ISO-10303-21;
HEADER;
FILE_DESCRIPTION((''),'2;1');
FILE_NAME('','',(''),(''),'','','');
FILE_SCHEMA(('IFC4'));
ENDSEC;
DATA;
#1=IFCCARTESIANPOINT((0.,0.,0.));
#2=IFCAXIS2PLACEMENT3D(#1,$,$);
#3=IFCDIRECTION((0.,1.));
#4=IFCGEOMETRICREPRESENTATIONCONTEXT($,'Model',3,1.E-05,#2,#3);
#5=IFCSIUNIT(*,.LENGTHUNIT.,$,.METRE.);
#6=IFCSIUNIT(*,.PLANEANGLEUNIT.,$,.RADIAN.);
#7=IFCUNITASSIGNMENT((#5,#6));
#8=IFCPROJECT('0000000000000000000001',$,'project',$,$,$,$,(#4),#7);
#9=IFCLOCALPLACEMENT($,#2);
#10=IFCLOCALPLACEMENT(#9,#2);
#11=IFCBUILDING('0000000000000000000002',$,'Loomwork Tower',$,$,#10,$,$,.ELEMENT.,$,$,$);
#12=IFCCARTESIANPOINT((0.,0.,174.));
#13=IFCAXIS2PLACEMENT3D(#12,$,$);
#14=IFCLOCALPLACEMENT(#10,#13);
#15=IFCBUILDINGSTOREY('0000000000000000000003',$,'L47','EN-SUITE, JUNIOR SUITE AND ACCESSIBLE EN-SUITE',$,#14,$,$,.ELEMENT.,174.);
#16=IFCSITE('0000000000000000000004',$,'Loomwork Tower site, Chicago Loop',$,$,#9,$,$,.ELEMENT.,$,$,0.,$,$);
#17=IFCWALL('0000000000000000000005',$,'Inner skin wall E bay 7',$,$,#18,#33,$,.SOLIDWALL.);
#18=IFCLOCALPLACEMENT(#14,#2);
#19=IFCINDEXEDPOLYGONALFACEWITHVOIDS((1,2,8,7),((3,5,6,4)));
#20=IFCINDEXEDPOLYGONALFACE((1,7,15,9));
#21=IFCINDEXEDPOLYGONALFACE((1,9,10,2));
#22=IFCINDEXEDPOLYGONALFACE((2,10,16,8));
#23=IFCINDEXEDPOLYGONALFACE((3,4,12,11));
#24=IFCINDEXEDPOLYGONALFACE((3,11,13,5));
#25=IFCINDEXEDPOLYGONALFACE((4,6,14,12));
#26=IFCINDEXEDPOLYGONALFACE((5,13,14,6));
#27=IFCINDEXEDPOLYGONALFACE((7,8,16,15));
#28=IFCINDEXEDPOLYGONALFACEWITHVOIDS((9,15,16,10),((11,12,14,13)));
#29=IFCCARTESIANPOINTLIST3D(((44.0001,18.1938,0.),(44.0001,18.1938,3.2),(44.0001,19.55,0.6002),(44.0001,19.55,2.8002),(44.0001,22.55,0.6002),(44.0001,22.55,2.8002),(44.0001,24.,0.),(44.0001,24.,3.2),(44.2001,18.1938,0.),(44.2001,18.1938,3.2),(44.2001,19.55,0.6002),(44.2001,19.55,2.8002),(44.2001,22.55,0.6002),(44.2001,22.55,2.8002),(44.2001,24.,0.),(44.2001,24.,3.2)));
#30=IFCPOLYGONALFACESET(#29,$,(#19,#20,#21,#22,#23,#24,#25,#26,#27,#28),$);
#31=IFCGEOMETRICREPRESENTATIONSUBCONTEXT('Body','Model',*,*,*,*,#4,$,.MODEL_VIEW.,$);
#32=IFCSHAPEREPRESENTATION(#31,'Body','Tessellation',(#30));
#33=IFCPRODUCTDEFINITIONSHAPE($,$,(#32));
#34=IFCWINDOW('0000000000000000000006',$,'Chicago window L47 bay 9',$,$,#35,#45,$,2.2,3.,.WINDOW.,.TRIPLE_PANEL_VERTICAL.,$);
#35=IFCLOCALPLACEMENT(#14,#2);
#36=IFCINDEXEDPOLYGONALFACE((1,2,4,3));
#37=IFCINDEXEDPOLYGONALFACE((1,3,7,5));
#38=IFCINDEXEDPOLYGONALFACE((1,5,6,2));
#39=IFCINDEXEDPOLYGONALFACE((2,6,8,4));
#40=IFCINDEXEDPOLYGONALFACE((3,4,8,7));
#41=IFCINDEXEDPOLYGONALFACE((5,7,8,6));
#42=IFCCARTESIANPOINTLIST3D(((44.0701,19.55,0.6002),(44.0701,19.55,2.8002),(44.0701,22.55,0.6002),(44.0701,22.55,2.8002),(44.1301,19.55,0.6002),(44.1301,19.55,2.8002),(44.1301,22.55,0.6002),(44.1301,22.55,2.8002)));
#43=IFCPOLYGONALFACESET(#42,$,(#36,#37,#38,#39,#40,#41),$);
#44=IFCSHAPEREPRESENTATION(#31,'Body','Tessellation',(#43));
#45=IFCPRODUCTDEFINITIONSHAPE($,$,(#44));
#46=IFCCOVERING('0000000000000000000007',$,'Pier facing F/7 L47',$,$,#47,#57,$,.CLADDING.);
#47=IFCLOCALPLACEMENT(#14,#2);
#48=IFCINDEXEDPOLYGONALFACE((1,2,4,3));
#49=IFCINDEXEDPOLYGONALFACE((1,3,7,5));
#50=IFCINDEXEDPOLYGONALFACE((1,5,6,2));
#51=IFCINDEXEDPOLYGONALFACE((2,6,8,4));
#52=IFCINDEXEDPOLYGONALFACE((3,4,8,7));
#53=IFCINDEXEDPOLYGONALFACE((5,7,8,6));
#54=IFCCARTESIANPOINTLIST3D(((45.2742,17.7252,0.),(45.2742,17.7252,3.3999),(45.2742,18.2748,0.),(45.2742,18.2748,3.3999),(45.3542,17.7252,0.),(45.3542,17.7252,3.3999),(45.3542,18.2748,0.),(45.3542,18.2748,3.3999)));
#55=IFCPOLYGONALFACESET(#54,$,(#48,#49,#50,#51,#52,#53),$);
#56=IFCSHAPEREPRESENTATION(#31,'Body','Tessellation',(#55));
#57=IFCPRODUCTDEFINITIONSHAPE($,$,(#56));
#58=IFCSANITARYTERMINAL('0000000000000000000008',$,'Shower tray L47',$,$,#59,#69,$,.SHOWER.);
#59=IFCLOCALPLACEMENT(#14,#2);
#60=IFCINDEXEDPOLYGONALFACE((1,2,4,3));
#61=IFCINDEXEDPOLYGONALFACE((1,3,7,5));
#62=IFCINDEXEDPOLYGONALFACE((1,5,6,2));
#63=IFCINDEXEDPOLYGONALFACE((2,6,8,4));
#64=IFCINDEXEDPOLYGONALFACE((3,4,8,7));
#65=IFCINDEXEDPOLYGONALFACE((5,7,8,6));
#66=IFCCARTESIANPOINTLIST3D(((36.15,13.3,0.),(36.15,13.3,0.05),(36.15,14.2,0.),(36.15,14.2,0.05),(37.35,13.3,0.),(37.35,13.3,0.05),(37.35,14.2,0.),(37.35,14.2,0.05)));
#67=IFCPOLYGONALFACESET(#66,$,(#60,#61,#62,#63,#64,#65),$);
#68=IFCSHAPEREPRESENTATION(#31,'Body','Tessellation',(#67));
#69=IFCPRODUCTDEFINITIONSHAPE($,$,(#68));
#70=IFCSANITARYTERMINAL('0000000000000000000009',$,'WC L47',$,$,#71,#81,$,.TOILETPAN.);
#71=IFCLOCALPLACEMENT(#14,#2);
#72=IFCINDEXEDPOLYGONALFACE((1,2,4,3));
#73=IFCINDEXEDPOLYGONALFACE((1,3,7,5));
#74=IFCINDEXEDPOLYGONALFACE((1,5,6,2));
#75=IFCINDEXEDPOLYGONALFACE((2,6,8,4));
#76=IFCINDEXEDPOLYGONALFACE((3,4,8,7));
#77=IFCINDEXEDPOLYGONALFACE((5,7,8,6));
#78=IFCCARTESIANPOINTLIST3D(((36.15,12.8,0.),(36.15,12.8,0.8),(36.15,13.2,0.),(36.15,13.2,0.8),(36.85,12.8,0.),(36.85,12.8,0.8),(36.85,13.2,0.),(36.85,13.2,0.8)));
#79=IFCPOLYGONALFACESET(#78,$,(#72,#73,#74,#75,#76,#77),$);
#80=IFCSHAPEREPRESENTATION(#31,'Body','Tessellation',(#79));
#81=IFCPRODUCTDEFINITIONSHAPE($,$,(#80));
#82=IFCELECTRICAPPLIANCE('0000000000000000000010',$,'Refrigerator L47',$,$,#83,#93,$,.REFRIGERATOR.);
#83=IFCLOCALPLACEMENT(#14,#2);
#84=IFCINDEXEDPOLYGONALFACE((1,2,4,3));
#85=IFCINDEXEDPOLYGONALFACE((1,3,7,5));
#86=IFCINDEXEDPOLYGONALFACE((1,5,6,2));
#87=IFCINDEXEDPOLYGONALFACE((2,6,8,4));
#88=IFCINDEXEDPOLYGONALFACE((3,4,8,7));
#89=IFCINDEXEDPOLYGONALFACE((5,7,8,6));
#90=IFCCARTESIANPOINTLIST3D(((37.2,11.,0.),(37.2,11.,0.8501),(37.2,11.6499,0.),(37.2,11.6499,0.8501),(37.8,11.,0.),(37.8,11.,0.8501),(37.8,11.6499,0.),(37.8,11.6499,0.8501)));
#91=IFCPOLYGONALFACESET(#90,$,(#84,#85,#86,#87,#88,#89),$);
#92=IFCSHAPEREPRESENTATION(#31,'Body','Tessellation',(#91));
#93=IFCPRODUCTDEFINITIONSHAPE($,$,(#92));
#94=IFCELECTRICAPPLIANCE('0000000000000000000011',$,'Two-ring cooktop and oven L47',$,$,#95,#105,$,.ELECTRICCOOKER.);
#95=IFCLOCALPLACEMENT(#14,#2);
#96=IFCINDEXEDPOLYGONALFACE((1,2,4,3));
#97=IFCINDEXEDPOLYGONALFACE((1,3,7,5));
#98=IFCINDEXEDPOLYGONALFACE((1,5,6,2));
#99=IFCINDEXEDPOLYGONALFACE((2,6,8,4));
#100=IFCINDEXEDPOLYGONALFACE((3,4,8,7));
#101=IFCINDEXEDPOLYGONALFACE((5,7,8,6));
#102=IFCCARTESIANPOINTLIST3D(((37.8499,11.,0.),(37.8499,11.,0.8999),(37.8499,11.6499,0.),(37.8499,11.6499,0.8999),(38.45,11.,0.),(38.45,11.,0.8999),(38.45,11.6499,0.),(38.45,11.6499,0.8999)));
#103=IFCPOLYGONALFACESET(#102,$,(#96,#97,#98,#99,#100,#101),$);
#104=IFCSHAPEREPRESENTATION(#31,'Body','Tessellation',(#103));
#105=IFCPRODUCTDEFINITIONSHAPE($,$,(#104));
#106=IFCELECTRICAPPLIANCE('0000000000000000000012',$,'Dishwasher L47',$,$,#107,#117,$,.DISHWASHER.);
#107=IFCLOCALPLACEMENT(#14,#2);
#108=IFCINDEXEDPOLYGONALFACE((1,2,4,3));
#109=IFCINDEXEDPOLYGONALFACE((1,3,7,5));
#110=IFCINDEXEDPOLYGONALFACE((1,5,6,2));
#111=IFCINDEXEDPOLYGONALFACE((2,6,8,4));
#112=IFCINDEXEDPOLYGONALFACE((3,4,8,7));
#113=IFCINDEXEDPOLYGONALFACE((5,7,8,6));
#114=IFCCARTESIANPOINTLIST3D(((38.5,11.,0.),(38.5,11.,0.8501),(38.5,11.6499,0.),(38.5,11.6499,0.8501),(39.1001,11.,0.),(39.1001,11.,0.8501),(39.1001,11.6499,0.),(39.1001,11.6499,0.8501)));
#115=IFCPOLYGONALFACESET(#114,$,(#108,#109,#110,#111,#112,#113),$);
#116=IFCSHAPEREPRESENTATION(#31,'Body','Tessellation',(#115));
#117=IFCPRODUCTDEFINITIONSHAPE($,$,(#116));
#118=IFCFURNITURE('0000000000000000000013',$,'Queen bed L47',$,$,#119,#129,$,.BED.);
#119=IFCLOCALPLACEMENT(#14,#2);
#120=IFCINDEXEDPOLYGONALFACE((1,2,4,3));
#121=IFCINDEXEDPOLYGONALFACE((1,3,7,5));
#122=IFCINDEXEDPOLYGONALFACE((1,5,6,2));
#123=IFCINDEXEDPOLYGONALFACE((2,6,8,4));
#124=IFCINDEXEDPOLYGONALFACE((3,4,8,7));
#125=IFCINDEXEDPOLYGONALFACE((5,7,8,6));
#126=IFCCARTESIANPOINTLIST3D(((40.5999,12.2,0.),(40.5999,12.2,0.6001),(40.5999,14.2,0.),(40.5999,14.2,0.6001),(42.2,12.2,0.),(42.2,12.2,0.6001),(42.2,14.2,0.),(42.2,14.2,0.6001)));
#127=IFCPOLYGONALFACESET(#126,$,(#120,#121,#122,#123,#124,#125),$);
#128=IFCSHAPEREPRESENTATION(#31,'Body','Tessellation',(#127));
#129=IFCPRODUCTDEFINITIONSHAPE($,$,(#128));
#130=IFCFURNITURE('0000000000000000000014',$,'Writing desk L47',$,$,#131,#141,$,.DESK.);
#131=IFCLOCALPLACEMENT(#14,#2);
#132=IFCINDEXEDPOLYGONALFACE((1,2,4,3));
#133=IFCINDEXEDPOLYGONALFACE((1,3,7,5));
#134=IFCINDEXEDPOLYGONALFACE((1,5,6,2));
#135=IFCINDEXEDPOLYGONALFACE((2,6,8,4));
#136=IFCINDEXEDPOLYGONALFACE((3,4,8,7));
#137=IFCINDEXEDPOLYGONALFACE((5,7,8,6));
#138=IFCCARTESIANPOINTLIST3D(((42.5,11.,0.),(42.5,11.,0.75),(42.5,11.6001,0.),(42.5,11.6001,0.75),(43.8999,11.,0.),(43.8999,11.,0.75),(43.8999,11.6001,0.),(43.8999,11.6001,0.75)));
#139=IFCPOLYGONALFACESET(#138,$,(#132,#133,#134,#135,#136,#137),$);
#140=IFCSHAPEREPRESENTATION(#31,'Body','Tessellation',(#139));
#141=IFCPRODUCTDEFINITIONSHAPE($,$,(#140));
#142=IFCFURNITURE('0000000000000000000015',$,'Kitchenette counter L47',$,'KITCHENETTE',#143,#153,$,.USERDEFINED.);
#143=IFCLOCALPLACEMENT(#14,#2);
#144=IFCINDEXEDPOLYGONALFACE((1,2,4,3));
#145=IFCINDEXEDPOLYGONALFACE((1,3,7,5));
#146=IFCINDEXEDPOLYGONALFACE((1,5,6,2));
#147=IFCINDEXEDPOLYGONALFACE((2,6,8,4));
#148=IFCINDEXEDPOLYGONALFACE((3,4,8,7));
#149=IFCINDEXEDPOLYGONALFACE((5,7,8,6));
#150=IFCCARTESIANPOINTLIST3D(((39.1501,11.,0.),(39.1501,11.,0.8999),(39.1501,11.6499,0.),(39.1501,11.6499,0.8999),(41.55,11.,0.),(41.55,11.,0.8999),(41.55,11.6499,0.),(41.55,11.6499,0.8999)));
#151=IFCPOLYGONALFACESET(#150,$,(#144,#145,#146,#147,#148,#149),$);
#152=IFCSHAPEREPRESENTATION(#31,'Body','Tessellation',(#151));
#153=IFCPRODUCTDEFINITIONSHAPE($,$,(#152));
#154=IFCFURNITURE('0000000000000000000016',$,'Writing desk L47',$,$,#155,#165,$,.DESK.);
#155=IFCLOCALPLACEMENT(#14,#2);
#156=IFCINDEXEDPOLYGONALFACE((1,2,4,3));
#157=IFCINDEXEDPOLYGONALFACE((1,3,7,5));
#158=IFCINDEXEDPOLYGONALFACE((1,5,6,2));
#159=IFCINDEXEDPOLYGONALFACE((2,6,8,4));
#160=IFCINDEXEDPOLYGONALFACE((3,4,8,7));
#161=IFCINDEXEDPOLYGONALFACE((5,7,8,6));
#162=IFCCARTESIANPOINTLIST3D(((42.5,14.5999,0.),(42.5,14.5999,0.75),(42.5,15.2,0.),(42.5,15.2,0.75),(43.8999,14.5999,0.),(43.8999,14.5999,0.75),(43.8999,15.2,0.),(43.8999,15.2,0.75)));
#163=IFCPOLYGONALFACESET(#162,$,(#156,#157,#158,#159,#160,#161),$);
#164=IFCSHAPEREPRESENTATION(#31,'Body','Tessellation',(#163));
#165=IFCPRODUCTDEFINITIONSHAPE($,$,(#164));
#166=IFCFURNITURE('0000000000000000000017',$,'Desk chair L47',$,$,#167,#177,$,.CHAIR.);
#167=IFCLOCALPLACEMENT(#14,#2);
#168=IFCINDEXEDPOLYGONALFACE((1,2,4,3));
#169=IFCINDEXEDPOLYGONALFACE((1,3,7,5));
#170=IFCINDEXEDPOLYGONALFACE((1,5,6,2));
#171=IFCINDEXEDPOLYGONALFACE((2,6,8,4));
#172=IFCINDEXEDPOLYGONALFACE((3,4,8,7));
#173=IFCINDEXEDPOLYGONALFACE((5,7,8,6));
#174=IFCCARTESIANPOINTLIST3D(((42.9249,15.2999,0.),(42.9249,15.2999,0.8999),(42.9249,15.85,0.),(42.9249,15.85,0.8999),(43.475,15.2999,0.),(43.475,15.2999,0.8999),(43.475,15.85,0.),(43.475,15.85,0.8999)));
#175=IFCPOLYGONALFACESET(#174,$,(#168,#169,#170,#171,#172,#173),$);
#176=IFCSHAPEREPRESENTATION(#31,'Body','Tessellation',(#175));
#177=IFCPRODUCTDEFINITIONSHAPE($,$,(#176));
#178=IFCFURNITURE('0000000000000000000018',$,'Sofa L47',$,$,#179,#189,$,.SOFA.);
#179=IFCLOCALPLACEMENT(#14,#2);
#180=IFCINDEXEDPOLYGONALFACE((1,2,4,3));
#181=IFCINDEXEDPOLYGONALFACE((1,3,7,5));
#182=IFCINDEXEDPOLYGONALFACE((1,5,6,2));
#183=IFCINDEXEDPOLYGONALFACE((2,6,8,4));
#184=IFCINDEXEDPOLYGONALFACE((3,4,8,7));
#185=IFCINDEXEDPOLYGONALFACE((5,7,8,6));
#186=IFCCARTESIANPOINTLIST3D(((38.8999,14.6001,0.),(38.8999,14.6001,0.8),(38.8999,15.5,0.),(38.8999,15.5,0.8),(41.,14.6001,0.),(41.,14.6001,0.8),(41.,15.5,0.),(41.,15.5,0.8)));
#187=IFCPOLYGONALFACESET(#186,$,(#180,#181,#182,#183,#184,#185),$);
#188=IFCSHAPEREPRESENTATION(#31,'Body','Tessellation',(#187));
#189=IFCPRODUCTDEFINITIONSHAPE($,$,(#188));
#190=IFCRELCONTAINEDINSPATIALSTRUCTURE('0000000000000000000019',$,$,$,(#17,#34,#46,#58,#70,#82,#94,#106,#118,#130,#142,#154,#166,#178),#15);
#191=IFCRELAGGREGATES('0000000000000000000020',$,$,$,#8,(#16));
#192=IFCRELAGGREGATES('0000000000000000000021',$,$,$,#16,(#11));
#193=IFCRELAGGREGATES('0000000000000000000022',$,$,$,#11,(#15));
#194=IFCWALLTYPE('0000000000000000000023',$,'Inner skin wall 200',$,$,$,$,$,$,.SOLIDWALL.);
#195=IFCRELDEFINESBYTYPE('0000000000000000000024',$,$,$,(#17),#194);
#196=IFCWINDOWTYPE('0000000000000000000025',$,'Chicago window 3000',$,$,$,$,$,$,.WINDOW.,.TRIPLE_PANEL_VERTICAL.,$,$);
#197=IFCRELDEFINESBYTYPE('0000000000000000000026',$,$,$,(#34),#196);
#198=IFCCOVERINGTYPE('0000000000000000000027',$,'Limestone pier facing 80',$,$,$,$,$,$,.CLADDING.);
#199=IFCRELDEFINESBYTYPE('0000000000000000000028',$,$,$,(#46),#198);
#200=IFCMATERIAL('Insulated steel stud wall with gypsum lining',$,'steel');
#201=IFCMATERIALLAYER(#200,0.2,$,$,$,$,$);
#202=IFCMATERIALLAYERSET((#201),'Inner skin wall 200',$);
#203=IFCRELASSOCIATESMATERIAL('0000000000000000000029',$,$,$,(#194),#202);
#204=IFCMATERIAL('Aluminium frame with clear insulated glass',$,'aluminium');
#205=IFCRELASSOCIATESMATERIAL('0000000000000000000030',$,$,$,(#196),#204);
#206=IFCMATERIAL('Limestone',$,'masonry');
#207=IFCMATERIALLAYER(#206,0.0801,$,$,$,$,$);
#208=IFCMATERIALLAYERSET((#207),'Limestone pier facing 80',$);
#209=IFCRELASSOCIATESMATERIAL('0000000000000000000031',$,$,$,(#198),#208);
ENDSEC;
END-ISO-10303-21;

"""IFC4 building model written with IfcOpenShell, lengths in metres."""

from ifc_helpers import new_model, si_unit, direction, frame, frame_2d, origin, origin_2d, place, context, subcontext, project, spatial, rectangle, extrude, material, layer, layer_set, type_object, element, fill, save


model = new_model("IFC4")

# Units and contexts
model_context = context("Model", 3, precision=1e-05, world=origin(), true_north=direction((0.0, 1.0)))
body_context = subcontext(model_context, "Body", "Model", "MODEL_VIEW")
ifc_project = project(units=[si_unit("LENGTHUNIT", "METRE"), si_unit("PLANEANGLEUNIT", "RADIAN")], contexts=[model_context])

# Site, building, storey
site_placement = place(None, origin())
site = spatial("IfcSite", under=ifc_project, at=site_placement, Name="Loomwork Tower site, Chicago Loop", CompositionType="ELEMENT", RefElevation=0.0)
building_placement = place(site_placement, origin())
building = spatial("IfcBuilding", under=site, at=building_placement, Name="Loomwork Tower", CompositionType="ELEMENT")
storey_placement = place(building_placement, frame((0.0, 0.0, 174.0)))
storey = spatial("IfcBuildingStorey", under=building, at=storey_placement, Name="L47", Description="EN-SUITE, JUNIOR SUITE AND ACCESSIBLE EN-SUITE", CompositionType="ELEMENT", Elevation=174.0)

# Shared definitions
ifc_material_1 = material(Name="Insulated steel stud wall with gypsum lining", Category="steel")
ifc_layer_1 = layer(ifc_material_1, 0.2)
ifc_layer_set_1 = layer_set([ifc_layer_1], Name="Inner skin wall 200")
wall_type_1 = type_object("IfcWallType", Name="Inner skin wall 200", PredefinedType="SOLIDWALL", material=ifc_layer_set_1)

# Wall, opening, window
wall_1_placement = place(storey_placement, frame((44.1001, 18.1938, 0.0), z_axis=(0.0, 0.0, 1.0), x_axis=(0.0, 1.0, 0.0)))
wall_1 = element("IfcWall", 1, at=wall_1_placement, inside=storey, type_object=wall_type_1, Name="Inner skin wall E bay 7", PredefinedType="SOLIDWALL", context=body_context, shape_type="SweptSolid", body=[
    extrude(rectangle(XDim=5.8062, YDim=0.2, at=frame_2d((2.9031, 0.0))), origin(), (0.0, 0.0, 1.0), 3.2),
])
opening_placement = place(wall_1_placement, frame((1.3562, 0.0, 0.6001)))
opening = element("IfcOpeningElement", 2, at=opening_placement, cuts=wall_1, PredefinedType="OPENING", context=body_context, shape_type="SweptSolid", body=[
    extrude(rectangle(XDim=3.0, YDim=2.2, at=frame_2d((1.5, 1.1001))), frame((0.0, 0.1099, 0.0), z_axis=(0.0, -1.0, 0.0), x_axis=(1.0, 0.0, 0.0)), (0.0, 0.0, 1.0), 0.22),
])
ifc_material_2 = material(Name="Aluminium frame with clear insulated glass", Category="aluminium")
window_type = type_object("IfcWindowType", Name="Chicago window 3000", PartitioningType="TRIPLE_PANEL_VERTICAL", PredefinedType="WINDOW", material=ifc_material_2)
window_placement = place(opening_placement, origin())
window = element("IfcWindow", 3, at=window_placement, inside=storey, type_object=window_type, Name="Chicago window L47 bay 9", OverallHeight=2.2, OverallWidth=3.0, PartitioningType="TRIPLE_PANEL_VERTICAL", PredefinedType="WINDOW", context=body_context, shape_type="SweptSolid", body=[
    extrude(rectangle(XDim=3.0, YDim=2.2, at=frame_2d((1.5, 1.1001))), frame((0.0, 0.03, 0.0), z_axis=(0.0, -1.0, 0.0), x_axis=(1.0, 0.0, 0.0)), (0.0, 0.0, 1.0), 0.0601),
])
fill(opening, window)

# Covering
ifc_material_3 = material(Name="Limestone", Category="masonry")
ifc_layer_2 = layer(ifc_material_3, 0.0801)
ifc_layer_set_2 = layer_set([ifc_layer_2], Name="Limestone pier facing 80")
covering_type = type_object("IfcCoveringType", Name="Limestone pier facing 80", PredefinedType="CLADDING", material=ifc_layer_set_2)
covering_placement = place(storey_placement, frame((45.3142, 18.0, 0.0), z_axis=(0.0, 0.0, 1.0), x_axis=(1.0, 0.0, 0.0)))
element("IfcCovering", 4, at=covering_placement, inside=storey, type_object=covering_type, Name="Pier facing F/7 L47", PredefinedType="CLADDING", context=body_context, shape_type="SweptSolid", body=[
    extrude(rectangle(XDim=0.0801, YDim=0.5496, at=origin_2d()), origin(), (0.0, 0.0, 1.0), 3.3999),
])

# Sanitary terminals
sanitary_terminal_1_placement = place(storey_placement, frame((36.75, 13.75, 0.0), z_axis=(0.0, 0.0, 1.0), x_axis=(1.0, 0.0, 0.0)))
element("IfcSanitaryTerminal", 5, at=sanitary_terminal_1_placement, inside=storey, Name="Shower tray L47", PredefinedType="SHOWER", context=body_context, shape_type="SweptSolid", body=[
    extrude(rectangle(XDim=1.2, YDim=0.8999, at=origin_2d()), origin(), (0.0, 0.0, 1.0), 0.05),
])
sanitary_terminal_2_placement = place(storey_placement, frame((36.5, 13.0, 0.0), z_axis=(0.0, 0.0, 1.0), x_axis=(1.0, 0.0, 0.0)))
element("IfcSanitaryTerminal", 6, at=sanitary_terminal_2_placement, inside=storey, Name="WC L47", PredefinedType="TOILETPAN", context=body_context, shape_type="SweptSolid", body=[
    extrude(rectangle(XDim=0.7, YDim=0.3999, at=origin_2d()), origin(), (0.0, 0.0, 1.0), 0.8),
])

# Electric appliances
electric_appliance_1_placement = place(storey_placement, frame((37.5, 11.325, 0.0), z_axis=(0.0, 0.0, 1.0), x_axis=(1.0, 0.0, 0.0)))
element("IfcElectricAppliance", 7, at=electric_appliance_1_placement, inside=storey, Name="Refrigerator L47", PredefinedType="REFRIGERATOR", context=body_context, shape_type="SweptSolid", body=[
    extrude(rectangle(XDim=0.6001, YDim=0.6499, at=origin_2d()), origin(), (0.0, 0.0, 1.0), 0.8501),
])
electric_appliance_2_placement = place(storey_placement, frame((38.1499, 11.325, 0.0), z_axis=(0.0, 0.0, 1.0), x_axis=(1.0, 0.0, 0.0)))
element("IfcElectricAppliance", 8, at=electric_appliance_2_placement, inside=storey, Name="Two-ring cooktop and oven L47", PredefinedType="ELECTRICCOOKER", context=body_context, shape_type="SweptSolid", body=[
    extrude(rectangle(XDim=0.6001, YDim=0.6499, at=origin_2d()), origin(), (0.0, 0.0, 1.0), 0.8999),
])
electric_appliance_3_placement = place(storey_placement, frame((38.8, 11.325, 0.0), z_axis=(0.0, 0.0, 1.0), x_axis=(1.0, 0.0, 0.0)))
element("IfcElectricAppliance", 9, at=electric_appliance_3_placement, inside=storey, Name="Dishwasher L47", PredefinedType="DISHWASHER", context=body_context, shape_type="SweptSolid", body=[
    extrude(rectangle(XDim=0.6001, YDim=0.6499, at=origin_2d()), origin(), (0.0, 0.0, 1.0), 0.8501),
])

# Furniture
furniture_1_placement = place(storey_placement, frame((41.3999, 13.2, 0.0), z_axis=(0.0, 0.0, 1.0), x_axis=(1.0, 0.0, 0.0)))
element("IfcFurniture", 10, at=furniture_1_placement, inside=storey, Name="Queen bed L47", PredefinedType="BED", context=body_context, shape_type="SweptSolid", body=[
    extrude(rectangle(XDim=1.6001, YDim=2.0, at=origin_2d()), origin(), (0.0, 0.0, 1.0), 0.6001),
])
furniture_2_placement = place(storey_placement, frame((43.2, 11.3, 0.0), z_axis=(0.0, 0.0, 1.0), x_axis=(1.0, 0.0, 0.0)))
element("IfcFurniture", 11, at=furniture_2_placement, inside=storey, Name="Writing desk L47", PredefinedType="DESK", context=body_context, shape_type="SweptSolid", body=[
    extrude(rectangle(XDim=1.3999, YDim=0.6001, at=origin_2d()), origin(), (0.0, 0.0, 1.0), 0.75),
])
furniture_3_placement = place(storey_placement, frame((40.3501, 11.325, 0.0), z_axis=(0.0, 0.0, 1.0), x_axis=(1.0, 0.0, 0.0)))
element("IfcFurniture", 12, at=furniture_3_placement, inside=storey, Name="Kitchenette counter L47", ObjectType="KITCHENETTE", PredefinedType="USERDEFINED", context=body_context, shape_type="SweptSolid", body=[
    extrude(rectangle(XDim=2.3999, YDim=0.6499, at=origin_2d()), origin(), (0.0, 0.0, 1.0), 0.8999),
])
furniture_4_placement = place(storey_placement, frame((43.2, 14.8999, 0.0), z_axis=(0.0, 0.0, 1.0), x_axis=(1.0, 0.0, 0.0)))
element("IfcFurniture", 13, at=furniture_4_placement, inside=storey, Name="Writing desk L47", PredefinedType="DESK", context=body_context, shape_type="SweptSolid", body=[
    extrude(rectangle(XDim=1.3999, YDim=0.6001, at=origin_2d()), origin(), (0.0, 0.0, 1.0), 0.75),
])
furniture_5_placement = place(storey_placement, frame((43.2, 15.575, 0.0), z_axis=(0.0, 0.0, 1.0), x_axis=(1.0, 0.0, 0.0)))
element("IfcFurniture", 14, at=furniture_5_placement, inside=storey, Name="Desk chair L47", PredefinedType="CHAIR", context=body_context, shape_type="SweptSolid", body=[
    extrude(rectangle(XDim=0.55, YDim=0.55, at=origin_2d()), origin(), (0.0, 0.0, 1.0), 0.8999),
])
furniture_6_placement = place(storey_placement, frame((39.95, 15.05, 0.0), z_axis=(0.0, 0.0, 1.0), x_axis=(1.0, 0.0, 0.0)))
element("IfcFurniture", 15, at=furniture_6_placement, inside=storey, Name="Sofa L47", PredefinedType="SOFA", context=body_context, shape_type="SweptSolid", body=[
    extrude(rectangle(XDim=2.1001, YDim=0.8999, at=origin_2d()), origin(), (0.0, 0.0, 1.0), 0.8),
])

save(model, "model.ifc")
